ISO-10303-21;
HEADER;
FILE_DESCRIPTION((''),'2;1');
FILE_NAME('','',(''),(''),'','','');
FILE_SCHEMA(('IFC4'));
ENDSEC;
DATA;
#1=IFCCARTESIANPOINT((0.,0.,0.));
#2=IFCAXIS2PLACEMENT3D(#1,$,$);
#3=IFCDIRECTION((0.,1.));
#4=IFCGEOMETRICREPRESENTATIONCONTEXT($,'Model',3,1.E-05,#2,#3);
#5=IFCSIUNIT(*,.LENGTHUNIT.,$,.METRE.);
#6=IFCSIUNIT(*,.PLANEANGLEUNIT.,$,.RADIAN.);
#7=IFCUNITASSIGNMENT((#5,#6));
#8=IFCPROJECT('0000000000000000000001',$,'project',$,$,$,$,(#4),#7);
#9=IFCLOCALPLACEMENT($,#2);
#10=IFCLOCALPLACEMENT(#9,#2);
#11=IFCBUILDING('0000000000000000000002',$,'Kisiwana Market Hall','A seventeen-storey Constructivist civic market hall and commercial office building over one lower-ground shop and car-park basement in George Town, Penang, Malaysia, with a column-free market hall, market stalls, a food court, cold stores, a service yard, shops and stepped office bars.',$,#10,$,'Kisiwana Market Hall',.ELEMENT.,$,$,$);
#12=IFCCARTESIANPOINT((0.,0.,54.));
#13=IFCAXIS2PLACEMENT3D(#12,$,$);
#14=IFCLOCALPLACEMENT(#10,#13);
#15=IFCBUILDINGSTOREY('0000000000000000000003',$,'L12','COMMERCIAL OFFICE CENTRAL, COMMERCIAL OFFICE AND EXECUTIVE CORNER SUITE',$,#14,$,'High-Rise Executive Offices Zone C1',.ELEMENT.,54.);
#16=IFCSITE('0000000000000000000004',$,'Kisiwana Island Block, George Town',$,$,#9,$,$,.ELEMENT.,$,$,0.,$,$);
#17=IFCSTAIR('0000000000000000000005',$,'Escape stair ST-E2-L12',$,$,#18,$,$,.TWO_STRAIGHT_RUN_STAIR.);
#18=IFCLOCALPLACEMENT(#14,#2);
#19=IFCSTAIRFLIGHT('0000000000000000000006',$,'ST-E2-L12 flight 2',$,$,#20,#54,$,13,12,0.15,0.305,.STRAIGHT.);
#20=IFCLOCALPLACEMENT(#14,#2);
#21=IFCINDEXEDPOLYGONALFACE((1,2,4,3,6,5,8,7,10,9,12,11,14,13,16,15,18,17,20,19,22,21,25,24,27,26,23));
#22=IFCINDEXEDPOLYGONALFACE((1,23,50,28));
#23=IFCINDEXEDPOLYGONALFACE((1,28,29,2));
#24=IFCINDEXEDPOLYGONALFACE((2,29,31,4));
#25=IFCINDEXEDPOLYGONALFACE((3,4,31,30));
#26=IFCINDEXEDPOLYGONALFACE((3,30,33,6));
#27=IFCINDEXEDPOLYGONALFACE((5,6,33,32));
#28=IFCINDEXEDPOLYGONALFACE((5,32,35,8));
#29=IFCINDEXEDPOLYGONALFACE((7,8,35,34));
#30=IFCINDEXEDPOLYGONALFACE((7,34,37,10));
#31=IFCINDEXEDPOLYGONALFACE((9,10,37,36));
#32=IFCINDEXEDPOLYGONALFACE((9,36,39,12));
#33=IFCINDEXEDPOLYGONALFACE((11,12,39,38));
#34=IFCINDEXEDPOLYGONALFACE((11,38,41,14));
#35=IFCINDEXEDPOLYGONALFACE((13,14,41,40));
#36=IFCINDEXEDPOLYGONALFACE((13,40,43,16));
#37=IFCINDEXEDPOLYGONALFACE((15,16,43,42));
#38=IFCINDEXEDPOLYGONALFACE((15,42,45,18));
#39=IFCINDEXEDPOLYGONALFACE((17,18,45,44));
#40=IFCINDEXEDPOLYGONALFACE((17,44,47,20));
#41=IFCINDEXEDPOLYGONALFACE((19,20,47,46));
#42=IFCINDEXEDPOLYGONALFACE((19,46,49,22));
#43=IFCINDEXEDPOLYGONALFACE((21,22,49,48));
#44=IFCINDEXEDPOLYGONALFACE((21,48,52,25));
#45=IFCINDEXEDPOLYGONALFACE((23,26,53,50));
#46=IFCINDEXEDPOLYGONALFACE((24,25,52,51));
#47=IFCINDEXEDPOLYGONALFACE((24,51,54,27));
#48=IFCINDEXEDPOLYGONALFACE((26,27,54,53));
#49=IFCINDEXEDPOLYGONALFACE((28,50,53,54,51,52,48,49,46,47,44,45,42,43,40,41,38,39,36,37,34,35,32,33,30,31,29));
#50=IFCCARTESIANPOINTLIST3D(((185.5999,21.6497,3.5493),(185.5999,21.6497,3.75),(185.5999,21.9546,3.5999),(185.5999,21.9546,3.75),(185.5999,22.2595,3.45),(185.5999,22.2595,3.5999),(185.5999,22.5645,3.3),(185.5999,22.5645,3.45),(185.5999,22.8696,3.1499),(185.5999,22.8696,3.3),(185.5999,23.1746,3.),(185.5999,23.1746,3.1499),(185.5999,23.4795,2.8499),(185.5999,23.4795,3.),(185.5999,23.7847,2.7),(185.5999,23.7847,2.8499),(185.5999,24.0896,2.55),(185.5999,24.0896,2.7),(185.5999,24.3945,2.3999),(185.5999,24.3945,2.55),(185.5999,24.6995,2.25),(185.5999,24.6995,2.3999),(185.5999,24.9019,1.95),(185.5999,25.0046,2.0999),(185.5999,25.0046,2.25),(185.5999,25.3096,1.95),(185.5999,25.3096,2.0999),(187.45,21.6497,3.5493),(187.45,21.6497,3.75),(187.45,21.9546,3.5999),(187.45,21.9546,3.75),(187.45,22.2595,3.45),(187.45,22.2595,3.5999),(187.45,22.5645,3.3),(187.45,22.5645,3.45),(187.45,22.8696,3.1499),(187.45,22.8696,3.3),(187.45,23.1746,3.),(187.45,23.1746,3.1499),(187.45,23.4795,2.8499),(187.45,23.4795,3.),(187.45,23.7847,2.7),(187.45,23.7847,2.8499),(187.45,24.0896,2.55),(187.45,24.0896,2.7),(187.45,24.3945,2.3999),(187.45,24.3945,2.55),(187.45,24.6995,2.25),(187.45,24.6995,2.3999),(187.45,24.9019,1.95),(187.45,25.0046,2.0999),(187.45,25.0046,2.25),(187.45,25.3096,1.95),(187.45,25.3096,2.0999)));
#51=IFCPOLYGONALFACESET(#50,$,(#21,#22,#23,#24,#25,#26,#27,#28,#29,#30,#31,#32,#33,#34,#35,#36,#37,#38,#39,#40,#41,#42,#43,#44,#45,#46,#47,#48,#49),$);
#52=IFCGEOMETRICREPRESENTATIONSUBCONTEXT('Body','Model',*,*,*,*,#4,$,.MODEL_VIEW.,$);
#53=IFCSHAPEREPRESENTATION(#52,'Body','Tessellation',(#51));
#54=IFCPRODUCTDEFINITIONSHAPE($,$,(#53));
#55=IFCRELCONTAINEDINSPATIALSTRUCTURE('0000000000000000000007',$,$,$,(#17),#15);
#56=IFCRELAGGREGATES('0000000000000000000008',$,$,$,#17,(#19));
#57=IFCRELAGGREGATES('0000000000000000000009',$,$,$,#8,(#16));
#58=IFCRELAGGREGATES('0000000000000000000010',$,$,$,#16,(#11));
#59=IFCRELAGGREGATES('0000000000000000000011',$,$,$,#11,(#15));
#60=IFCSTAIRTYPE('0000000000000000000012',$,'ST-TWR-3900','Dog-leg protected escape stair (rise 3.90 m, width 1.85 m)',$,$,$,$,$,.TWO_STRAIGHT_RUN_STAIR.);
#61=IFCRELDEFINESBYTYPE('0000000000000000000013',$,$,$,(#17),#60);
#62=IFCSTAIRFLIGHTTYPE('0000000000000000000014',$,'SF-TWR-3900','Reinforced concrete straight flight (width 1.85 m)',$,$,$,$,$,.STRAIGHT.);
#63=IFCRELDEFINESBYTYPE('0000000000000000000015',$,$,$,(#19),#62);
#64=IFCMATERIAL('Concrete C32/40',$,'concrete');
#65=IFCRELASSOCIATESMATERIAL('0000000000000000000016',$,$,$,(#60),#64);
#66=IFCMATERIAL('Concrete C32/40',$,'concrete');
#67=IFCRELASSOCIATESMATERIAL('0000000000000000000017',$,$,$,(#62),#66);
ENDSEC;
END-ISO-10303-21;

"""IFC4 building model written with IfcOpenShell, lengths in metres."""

from ifc_helpers import new_model, si_unit, direction, frame, origin, place, context, subcontext, project, spatial, polyline, outline, extrude, material, type_object, element, aggregate, save


model = new_model("IFC4")

# Units and contexts
model_context = context("Model", 3, precision=1e-05, world=origin(), true_north=direction((0.0, 1.0)))
body_context = subcontext(model_context, "Body", "Model", "MODEL_VIEW")
ifc_project = project(units=[si_unit("LENGTHUNIT", "METRE"), si_unit("PLANEANGLEUNIT", "RADIAN")], contexts=[model_context])

# Site, building, storey
site_placement = place(None, origin())
site = spatial("IfcSite", under=ifc_project, at=site_placement, Name="Kisiwana Island Block, George Town", CompositionType="ELEMENT", RefElevation=0.0)
building_placement = place(site_placement, origin())
building = spatial("IfcBuilding", under=site, at=building_placement, Name="Kisiwana Market Hall", Description="A seventeen-storey Constructivist civic market hall and commercial office building over one lower-ground shop and car-park basement in George Town, Penang, Malaysia, with a column-free market hall, market stalls, a food court, cold stores, a service yard, shops and stepped office bars.", LongName="Kisiwana Market Hall", CompositionType="ELEMENT")
storey_placement = place(building_placement, frame((0.0, 0.0, 54.0)))
storey = spatial("IfcBuildingStorey", under=building, at=storey_placement, Name="L12", Description="COMMERCIAL OFFICE CENTRAL, COMMERCIAL OFFICE AND EXECUTIVE CORNER SUITE", LongName="High-Rise Executive Offices Zone C1", CompositionType="ELEMENT", Elevation=54.0)

# Stair, stair flight
ifc_material_1 = material(Name="Concrete C32/40", Category="concrete")
stair_type = type_object("IfcStairType", Name="ST-TWR-3900", Description="Dog-leg protected escape stair (rise 3.90 m, width 1.85 m)", PredefinedType="TWO_STRAIGHT_RUN_STAIR", material=ifc_material_1)
stair_placement = place(storey_placement, origin())
stair = element("IfcStair", 1, at=stair_placement, inside=storey, type_object=stair_type, Name="Escape stair ST-E2-L12", PredefinedType="TWO_STRAIGHT_RUN_STAIR")
ifc_material_2 = material(Name="Concrete C32/40", Category="concrete")
stair_flight_type = type_object("IfcStairFlightType", Name="SF-TWR-3900", Description="Reinforced concrete straight flight (width 1.85 m)", PredefinedType="STRAIGHT", material=ifc_material_2)
stair_flight_1_placement = place(storey_placement, frame((186.5249, 25.3096, 1.95), z_axis=(0.0, 0.0, 1.0), x_axis=(0.0, -1.0, 0.0)))
stair_flight_1 = element("IfcStairFlight", 2, at=stair_flight_1_placement, type_object=stair_flight_type, Name="ST-E2-L12 flight 2", NumberOfRisers=13, NumberOfTreads=12, PredefinedType="STRAIGHT", RiserHeight=0.15, TreadLength=0.305, context=body_context, shape_type="SweptSolid", body=[
    extrude(outline(polyline([(0.0, 0.0), (0.0, 0.1499), (0.3049, 0.1499), (0.3049, 0.3), (0.6101, 0.3), (0.6101, 0.45), (0.915, 0.45), (0.915, 0.6001), (1.22, 0.6001), (1.22, 0.75), (1.5249, 0.75), (1.5249, 0.8999), (1.8301, 0.8999), (1.8301, 1.05), (2.135, 1.05), (2.135, 1.2), (2.4399, 1.2), (2.4399, 1.3501), (2.7451, 1.3501), (2.7451, 1.5), (3.05, 1.5), (3.05, 1.6499), (3.355, 1.6499), (3.355, 1.8), (3.6599, 1.8), (3.6599, 1.95), (3.6599, 1.5994), (0.4077, 0.0), (0.0, 0.0)])), frame((0.0, 0.925, 0.0), z_axis=(0.0, -1.0, 0.0), x_axis=(1.0, 0.0, 0.0)), (0.0, 0.0, 1.0), 1.8501),
])
aggregate(stair, [stair_flight_1])

save(model, "model.ifc")
